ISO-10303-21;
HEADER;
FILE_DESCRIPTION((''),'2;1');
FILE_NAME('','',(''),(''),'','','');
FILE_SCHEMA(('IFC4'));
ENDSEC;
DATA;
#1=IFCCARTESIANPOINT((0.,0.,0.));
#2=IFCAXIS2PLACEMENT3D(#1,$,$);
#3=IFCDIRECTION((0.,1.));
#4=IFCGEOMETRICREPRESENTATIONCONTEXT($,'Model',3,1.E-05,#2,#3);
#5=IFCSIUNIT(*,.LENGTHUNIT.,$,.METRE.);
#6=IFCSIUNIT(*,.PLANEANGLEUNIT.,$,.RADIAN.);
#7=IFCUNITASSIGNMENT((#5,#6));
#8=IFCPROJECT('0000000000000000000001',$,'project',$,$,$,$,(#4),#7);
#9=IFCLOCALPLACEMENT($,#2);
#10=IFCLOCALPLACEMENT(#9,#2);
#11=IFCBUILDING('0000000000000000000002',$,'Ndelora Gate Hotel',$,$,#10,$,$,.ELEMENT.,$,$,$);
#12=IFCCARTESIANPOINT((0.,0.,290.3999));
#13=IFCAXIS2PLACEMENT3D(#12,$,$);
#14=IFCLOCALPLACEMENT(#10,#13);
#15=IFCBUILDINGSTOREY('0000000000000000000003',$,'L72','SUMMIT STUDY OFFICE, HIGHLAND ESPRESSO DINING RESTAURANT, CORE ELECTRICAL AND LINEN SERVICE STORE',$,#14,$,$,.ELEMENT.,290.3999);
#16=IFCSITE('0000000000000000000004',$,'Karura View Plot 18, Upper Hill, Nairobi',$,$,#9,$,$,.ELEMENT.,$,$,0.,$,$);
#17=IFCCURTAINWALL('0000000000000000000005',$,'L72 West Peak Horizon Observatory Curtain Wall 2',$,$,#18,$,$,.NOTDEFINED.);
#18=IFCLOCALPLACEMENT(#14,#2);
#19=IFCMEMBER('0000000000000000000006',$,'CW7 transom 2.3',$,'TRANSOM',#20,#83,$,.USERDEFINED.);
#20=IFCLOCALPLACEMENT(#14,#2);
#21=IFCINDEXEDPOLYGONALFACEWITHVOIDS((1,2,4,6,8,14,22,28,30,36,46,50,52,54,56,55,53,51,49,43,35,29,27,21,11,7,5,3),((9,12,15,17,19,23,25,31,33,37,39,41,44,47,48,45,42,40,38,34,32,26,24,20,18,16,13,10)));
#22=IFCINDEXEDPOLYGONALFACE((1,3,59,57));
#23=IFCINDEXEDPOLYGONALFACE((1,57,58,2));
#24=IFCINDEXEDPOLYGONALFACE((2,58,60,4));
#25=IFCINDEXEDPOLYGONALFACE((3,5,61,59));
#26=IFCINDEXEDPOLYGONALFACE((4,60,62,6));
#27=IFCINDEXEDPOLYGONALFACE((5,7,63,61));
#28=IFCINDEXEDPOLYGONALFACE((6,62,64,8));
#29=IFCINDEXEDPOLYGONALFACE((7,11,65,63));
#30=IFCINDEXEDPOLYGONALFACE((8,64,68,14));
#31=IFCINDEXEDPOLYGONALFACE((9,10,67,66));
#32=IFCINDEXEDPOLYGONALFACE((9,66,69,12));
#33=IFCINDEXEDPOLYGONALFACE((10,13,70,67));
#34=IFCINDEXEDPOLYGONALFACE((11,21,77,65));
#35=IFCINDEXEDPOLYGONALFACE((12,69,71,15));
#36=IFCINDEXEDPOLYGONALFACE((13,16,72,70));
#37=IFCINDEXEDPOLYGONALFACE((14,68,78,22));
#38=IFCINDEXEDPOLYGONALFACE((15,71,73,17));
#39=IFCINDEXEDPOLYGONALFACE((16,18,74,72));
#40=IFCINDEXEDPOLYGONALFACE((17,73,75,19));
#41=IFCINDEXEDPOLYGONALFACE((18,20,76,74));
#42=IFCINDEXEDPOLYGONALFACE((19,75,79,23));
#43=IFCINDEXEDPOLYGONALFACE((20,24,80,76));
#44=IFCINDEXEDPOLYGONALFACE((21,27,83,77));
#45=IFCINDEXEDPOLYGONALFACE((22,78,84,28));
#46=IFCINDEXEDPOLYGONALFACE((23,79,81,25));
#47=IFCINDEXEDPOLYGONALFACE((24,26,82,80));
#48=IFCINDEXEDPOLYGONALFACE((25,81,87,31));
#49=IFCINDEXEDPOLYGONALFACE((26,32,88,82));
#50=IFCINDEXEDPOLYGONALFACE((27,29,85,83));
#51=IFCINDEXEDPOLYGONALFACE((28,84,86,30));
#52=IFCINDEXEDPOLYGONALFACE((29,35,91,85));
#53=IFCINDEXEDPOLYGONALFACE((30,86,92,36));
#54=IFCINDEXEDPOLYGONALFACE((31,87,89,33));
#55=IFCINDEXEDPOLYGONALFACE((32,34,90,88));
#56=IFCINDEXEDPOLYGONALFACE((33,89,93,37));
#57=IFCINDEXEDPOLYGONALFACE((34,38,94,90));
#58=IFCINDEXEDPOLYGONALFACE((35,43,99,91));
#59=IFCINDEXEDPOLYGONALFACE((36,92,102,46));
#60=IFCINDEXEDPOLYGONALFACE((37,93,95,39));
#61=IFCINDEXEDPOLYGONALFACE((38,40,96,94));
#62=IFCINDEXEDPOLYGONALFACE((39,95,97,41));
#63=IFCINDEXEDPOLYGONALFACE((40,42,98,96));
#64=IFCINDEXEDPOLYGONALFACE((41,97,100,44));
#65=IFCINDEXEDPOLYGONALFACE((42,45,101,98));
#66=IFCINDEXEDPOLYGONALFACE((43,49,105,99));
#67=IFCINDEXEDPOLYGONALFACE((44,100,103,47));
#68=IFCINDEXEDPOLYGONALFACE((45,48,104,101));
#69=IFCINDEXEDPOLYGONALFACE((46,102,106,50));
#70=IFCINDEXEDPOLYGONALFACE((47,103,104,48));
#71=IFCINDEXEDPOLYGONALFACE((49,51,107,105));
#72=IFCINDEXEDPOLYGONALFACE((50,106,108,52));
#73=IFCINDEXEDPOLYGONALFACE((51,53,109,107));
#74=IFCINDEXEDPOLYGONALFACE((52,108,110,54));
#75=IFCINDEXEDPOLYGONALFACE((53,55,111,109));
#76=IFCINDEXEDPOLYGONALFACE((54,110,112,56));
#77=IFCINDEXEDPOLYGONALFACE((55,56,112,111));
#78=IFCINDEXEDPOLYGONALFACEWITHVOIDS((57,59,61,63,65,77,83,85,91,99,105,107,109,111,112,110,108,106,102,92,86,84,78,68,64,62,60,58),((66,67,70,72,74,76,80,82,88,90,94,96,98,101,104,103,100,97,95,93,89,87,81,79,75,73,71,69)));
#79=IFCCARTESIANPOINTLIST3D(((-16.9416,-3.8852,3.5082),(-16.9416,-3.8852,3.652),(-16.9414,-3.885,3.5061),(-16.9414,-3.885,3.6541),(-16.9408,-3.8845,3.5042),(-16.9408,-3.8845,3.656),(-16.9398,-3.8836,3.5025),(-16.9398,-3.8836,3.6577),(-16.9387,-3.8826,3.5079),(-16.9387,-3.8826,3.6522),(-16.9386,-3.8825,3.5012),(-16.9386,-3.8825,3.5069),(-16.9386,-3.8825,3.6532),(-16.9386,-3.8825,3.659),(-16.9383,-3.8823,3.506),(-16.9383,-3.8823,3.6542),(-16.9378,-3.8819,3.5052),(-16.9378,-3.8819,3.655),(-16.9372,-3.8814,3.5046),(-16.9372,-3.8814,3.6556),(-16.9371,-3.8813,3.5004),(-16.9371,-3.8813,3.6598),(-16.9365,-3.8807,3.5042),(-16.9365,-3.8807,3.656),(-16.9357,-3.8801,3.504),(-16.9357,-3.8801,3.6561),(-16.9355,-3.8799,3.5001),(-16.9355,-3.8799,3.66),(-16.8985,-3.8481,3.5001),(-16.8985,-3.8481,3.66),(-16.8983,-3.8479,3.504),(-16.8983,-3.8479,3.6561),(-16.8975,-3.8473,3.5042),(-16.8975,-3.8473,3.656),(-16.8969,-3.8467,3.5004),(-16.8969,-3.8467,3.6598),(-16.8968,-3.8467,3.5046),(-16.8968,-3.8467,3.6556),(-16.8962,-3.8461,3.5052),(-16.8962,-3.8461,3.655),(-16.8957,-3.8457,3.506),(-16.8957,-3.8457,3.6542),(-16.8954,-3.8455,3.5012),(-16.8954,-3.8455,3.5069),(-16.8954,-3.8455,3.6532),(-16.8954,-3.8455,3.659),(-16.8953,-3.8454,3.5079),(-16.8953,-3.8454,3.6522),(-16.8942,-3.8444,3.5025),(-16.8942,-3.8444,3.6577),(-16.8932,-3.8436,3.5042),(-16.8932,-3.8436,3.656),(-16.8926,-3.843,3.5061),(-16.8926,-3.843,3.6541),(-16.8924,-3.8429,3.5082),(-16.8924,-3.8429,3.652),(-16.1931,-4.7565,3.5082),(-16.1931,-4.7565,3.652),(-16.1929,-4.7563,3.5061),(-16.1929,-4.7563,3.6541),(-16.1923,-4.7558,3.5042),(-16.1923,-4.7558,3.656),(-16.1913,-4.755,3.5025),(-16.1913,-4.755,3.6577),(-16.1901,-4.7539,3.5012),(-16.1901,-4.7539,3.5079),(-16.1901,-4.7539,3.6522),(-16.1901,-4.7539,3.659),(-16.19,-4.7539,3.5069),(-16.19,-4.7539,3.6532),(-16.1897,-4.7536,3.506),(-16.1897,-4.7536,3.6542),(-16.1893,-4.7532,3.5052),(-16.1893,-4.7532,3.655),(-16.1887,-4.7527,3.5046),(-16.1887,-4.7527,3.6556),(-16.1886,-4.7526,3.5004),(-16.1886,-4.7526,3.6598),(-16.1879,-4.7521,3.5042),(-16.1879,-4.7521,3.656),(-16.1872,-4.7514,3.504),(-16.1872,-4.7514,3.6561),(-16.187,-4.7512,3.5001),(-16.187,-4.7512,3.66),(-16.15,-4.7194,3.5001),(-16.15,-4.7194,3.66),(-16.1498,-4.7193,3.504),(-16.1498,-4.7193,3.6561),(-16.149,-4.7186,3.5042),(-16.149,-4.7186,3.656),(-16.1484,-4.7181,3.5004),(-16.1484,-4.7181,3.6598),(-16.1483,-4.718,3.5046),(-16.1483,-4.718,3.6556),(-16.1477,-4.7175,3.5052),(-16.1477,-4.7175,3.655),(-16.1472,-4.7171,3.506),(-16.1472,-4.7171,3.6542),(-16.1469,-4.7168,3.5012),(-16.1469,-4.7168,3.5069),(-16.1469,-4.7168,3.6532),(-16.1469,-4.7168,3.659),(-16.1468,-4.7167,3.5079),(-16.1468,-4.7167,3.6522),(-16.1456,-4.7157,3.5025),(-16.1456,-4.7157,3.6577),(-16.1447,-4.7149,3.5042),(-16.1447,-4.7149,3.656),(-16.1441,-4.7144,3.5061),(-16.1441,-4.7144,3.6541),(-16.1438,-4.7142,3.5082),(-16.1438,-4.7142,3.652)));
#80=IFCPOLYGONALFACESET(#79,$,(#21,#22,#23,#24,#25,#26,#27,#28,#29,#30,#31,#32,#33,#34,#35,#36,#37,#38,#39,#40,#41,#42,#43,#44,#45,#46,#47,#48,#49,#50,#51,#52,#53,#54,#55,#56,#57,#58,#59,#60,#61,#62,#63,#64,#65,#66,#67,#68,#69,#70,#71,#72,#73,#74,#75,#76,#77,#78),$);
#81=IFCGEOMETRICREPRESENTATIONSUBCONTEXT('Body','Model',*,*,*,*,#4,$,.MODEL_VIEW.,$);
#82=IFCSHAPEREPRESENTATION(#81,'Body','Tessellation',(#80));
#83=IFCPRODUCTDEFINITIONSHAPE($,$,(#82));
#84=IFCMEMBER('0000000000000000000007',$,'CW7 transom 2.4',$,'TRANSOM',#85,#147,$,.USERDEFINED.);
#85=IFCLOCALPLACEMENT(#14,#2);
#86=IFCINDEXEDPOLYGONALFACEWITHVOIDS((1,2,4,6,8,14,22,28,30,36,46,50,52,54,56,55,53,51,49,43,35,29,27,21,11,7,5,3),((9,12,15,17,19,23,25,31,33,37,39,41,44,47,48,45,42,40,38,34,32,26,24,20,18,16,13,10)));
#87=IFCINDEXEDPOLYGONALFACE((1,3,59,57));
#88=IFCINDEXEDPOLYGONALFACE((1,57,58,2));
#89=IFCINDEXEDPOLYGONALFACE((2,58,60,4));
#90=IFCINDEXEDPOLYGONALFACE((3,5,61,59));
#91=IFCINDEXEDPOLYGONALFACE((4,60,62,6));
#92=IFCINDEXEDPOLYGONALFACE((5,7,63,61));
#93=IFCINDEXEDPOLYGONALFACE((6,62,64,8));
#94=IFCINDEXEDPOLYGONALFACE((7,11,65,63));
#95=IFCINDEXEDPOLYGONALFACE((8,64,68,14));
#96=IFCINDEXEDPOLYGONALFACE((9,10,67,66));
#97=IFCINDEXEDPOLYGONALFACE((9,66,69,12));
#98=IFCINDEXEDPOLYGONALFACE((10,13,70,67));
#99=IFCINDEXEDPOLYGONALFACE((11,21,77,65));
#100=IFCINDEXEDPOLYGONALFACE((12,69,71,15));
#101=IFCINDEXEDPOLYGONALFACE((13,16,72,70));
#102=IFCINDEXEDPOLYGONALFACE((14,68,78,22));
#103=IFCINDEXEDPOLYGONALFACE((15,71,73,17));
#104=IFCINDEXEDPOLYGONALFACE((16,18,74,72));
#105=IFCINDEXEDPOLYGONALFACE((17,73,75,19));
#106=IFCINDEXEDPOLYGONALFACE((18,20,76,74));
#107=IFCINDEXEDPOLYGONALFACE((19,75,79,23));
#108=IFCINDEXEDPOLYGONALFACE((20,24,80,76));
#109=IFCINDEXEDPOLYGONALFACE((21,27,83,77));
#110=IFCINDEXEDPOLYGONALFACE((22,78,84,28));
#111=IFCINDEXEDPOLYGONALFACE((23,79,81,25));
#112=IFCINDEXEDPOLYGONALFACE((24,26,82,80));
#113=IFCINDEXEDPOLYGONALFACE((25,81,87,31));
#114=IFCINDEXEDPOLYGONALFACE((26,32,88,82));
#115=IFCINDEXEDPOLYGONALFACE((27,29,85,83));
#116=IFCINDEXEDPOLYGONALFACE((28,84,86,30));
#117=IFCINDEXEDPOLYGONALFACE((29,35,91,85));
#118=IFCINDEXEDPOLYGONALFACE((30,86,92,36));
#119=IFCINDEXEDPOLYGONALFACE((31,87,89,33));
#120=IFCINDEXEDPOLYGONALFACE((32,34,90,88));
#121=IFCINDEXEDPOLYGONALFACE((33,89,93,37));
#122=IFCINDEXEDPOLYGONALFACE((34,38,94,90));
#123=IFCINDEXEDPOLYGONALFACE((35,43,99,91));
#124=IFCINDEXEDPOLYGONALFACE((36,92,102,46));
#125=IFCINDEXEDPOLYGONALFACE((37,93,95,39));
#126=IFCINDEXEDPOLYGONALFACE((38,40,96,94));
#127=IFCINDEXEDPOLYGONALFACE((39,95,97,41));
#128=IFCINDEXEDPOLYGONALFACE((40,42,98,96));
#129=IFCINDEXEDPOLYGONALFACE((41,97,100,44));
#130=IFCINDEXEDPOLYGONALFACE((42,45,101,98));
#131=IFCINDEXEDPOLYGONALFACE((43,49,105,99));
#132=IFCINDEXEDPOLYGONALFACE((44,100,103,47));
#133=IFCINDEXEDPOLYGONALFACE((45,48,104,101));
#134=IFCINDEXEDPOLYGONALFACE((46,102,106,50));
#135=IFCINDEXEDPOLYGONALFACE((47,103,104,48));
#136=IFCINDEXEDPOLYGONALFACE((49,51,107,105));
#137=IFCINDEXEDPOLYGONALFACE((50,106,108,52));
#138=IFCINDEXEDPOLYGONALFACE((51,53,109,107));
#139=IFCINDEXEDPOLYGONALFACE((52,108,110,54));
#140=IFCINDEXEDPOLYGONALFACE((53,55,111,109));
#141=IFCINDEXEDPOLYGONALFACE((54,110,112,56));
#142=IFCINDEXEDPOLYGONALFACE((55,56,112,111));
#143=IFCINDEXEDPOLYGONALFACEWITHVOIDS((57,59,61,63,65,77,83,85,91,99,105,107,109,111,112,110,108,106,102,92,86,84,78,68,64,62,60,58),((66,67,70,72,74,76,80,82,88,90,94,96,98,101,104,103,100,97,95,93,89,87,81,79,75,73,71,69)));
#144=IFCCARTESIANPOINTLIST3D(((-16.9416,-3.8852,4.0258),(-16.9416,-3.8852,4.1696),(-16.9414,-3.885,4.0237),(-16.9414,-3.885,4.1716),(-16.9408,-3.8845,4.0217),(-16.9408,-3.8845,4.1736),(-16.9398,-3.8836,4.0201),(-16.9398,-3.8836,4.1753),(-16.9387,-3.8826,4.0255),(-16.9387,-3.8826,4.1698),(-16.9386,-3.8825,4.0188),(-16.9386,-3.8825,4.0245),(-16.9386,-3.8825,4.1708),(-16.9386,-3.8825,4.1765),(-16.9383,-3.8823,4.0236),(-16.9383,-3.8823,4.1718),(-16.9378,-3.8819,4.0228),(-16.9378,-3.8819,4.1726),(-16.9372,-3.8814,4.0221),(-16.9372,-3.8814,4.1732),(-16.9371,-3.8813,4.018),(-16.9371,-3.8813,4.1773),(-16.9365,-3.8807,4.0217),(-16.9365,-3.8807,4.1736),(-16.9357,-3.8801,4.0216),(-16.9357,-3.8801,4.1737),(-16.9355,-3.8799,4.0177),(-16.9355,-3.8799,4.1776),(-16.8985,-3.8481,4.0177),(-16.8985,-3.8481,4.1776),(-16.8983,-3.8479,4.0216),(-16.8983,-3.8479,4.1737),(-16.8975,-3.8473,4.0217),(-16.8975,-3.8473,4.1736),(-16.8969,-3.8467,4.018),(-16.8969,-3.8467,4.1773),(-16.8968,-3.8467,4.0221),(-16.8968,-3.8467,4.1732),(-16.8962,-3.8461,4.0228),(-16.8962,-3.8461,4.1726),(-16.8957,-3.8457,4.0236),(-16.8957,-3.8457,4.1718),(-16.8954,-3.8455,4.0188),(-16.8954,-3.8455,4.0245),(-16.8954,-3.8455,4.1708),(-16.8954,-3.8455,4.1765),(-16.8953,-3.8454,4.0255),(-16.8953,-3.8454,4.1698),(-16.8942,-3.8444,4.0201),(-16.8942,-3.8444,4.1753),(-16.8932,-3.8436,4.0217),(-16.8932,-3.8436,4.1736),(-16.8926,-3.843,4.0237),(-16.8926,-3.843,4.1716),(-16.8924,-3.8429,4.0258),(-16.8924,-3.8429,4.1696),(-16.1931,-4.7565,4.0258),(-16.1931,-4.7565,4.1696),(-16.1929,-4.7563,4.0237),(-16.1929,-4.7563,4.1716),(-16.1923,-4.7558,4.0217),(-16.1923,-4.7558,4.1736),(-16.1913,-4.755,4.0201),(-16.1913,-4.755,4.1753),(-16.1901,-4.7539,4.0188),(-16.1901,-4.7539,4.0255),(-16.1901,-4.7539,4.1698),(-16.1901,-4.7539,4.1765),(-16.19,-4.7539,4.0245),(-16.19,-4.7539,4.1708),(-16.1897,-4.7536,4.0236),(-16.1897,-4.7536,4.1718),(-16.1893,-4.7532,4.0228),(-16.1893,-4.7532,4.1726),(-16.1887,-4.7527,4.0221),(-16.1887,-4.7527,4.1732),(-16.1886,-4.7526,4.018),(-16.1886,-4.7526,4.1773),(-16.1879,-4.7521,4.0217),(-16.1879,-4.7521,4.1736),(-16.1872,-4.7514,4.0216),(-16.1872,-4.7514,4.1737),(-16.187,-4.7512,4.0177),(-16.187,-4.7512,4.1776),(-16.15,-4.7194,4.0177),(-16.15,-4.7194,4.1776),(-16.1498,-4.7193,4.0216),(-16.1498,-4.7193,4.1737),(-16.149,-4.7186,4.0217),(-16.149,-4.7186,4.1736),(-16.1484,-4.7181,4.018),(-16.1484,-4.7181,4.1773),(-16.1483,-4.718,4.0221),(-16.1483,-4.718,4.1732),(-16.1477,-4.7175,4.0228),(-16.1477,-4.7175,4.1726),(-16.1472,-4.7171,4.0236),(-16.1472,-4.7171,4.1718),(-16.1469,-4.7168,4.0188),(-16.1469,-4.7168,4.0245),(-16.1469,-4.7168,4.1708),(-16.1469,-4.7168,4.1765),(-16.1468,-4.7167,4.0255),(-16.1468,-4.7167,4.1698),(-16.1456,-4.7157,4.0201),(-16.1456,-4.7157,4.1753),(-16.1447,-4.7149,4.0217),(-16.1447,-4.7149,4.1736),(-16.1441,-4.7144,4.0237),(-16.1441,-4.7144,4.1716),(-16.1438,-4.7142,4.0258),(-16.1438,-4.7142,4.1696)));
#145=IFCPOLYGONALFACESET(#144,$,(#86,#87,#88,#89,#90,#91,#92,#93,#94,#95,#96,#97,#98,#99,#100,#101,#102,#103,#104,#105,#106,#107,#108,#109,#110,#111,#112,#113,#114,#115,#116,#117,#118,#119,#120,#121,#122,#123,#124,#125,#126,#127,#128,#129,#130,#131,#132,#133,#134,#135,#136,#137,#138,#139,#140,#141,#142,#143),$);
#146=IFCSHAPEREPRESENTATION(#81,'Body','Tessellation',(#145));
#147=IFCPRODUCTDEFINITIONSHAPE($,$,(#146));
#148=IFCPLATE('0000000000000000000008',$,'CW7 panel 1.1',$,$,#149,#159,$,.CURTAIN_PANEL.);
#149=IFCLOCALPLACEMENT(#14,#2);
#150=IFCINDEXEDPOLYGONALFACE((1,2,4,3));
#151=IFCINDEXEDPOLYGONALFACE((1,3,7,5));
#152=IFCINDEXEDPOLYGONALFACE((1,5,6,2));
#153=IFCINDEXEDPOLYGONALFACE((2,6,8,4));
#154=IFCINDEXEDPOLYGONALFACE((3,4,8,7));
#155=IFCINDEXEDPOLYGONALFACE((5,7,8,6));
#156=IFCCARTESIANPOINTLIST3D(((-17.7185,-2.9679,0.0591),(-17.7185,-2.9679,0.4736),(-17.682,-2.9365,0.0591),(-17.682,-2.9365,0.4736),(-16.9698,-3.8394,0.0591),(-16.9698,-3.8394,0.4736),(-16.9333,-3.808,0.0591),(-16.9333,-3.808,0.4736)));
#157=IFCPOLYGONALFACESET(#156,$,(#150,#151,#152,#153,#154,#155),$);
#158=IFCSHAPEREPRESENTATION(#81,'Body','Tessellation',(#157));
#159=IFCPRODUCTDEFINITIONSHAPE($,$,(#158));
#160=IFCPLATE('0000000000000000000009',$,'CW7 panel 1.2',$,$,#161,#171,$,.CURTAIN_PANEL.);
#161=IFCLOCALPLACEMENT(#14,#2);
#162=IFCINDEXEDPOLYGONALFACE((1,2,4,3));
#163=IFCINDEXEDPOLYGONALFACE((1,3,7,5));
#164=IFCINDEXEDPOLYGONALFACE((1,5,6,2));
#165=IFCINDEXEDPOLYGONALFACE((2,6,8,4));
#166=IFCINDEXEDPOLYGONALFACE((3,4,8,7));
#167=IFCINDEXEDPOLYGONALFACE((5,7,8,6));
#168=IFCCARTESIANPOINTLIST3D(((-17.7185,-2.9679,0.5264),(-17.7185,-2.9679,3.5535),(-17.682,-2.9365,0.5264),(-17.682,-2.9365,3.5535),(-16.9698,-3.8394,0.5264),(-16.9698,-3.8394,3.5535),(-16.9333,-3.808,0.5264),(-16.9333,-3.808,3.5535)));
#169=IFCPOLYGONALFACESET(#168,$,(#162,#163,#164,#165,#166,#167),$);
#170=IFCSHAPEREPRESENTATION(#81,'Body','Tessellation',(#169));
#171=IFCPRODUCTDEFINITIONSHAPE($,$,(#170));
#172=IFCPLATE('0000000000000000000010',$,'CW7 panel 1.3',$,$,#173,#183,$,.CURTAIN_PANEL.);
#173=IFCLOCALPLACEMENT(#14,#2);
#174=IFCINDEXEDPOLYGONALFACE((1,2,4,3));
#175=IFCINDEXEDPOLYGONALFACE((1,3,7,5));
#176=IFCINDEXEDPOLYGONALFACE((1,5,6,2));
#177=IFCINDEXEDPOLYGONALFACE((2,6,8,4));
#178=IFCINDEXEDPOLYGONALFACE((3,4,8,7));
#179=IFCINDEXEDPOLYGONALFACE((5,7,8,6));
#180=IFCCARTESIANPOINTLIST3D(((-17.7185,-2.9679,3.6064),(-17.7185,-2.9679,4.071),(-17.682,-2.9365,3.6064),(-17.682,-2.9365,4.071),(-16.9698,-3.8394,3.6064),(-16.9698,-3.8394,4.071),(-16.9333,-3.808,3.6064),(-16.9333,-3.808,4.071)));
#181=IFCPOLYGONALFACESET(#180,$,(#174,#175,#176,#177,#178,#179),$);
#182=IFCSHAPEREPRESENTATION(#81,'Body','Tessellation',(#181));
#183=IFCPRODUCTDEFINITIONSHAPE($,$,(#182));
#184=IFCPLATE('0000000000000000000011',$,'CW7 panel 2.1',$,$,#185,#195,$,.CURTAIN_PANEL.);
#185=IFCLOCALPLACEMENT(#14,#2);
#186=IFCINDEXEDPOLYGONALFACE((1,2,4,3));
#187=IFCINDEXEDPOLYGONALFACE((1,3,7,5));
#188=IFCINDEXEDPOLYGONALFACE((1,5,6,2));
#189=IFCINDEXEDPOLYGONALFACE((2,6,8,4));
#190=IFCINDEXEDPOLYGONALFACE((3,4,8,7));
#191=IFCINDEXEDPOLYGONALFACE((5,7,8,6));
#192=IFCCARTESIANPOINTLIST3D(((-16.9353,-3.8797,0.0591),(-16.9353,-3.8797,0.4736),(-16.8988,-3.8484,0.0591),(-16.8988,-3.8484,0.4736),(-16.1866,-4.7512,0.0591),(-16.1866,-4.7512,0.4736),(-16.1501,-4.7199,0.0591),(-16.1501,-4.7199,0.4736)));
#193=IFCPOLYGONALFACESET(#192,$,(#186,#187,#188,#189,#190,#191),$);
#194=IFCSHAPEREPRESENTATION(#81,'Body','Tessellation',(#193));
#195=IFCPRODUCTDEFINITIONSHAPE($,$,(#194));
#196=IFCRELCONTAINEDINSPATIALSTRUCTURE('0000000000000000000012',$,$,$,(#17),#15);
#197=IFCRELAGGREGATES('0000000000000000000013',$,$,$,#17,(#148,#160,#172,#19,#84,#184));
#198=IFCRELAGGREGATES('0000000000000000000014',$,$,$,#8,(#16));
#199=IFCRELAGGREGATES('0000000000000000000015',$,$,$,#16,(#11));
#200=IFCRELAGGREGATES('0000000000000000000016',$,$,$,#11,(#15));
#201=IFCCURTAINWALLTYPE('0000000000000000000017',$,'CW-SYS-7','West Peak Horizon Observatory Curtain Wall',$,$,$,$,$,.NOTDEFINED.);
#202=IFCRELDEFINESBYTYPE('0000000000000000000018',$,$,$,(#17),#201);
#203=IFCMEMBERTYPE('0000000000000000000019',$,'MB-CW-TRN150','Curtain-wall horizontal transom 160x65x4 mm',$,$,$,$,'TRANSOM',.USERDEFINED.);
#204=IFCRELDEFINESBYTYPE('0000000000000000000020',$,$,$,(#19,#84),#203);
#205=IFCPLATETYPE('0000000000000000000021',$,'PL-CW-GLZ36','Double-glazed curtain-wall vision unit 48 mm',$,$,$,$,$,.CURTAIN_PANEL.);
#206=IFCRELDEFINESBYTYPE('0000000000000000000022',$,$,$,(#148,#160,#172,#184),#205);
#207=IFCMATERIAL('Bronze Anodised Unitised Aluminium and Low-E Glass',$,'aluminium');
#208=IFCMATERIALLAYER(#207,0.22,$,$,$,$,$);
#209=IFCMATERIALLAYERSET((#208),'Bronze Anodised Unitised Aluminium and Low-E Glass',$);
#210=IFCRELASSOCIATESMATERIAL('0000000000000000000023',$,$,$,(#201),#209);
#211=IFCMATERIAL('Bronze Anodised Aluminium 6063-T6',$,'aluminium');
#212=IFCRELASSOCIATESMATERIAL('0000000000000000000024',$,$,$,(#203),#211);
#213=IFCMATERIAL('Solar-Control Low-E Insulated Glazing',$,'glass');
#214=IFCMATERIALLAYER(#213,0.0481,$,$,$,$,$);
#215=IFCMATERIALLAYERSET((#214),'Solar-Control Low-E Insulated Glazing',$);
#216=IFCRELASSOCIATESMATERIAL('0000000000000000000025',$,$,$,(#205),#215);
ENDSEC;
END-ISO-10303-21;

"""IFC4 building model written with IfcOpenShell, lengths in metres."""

from ifc_helpers import new_model, si_unit, direction, frame, origin, origin_2d, place, context, subcontext, project, spatial, rectangle, hollow_rectangle, extrude, material, layer, layer_set, material_profile, profile_set, type_object, element, aggregate, save


model = new_model("IFC4")

# Units and contexts
model_context = context("Model", 3, precision=1e-05, world=origin(), true_north=direction((0.0, 1.0)))
body_context = subcontext(model_context, "Body", "Model", "MODEL_VIEW")
ifc_project = project(units=[si_unit("LENGTHUNIT", "METRE"), si_unit("PLANEANGLEUNIT", "RADIAN")], contexts=[model_context])

# Site, building, storey
site_placement = place(None, origin())
site = spatial("IfcSite", under=ifc_project, at=site_placement, Name="Karura View Plot 18, Upper Hill, Nairobi", CompositionType="ELEMENT", RefElevation=0.0)
building_placement = place(site_placement, origin())
building = spatial("IfcBuilding", under=site, at=building_placement, Name="Ndelora Gate Hotel", CompositionType="ELEMENT")
storey_placement = place(building_placement, frame((0.0, 0.0, 290.3999)))
storey = spatial("IfcBuildingStorey", under=building, at=storey_placement, Name="L72", Description="SUMMIT STUDY OFFICE, HIGHLAND ESPRESSO DINING RESTAURANT, CORE ELECTRICAL AND LINEN SERVICE STORE", CompositionType="ELEMENT", Elevation=290.3999)

# Curtain wall, members, plates
ifc_material_1 = material(Name="Bronze Anodised Unitised Aluminium and Low-E Glass", Category="aluminium")
ifc_layer_1 = layer(ifc_material_1, 0.22)
ifc_layer_set_1 = layer_set([ifc_layer_1], Name="Bronze Anodised Unitised Aluminium and Low-E Glass")
curtain_wall_type = type_object("IfcCurtainWallType", Name="CW-SYS-7", Description="West Peak Horizon Observatory Curtain Wall", PredefinedType="NOTDEFINED", material=ifc_layer_set_1)
curtain_wall_placement = place(storey_placement, origin())
curtain_wall = element("IfcCurtainWall", 1, at=curtain_wall_placement, inside=storey, type_object=curtain_wall_type, Name="L72 West Peak Horizon Observatory Curtain Wall 2", PredefinedType="NOTDEFINED")
ifc_material_2 = material(Name="Bronze Anodised Aluminium 6063-T6", Category="aluminium")
ifc_material_profile_1 = material_profile(ifc_material_2, hollow_rectangle(XDim=0.0649, YDim=0.1599, WallThickness=0.0039, InnerFilletRadius=0.0039, OuterFilletRadius=0.0081, at=origin_2d()), Name="ALU 160x65x4")
ifc_profile_set_1 = profile_set([ifc_material_profile_1], Name="Bronze Anodised Aluminium 6063-T6")
member_type_1 = type_object("IfcMemberType", Name="MB-CW-TRN150", Description="Curtain-wall horizontal transom 160x65x4 mm", ElementType="TRANSOM", PredefinedType="USERDEFINED", material=ifc_profile_set_1)
member_1_placement = place(storey_placement, frame((-16.917, -3.864, 3.5801), z_axis=(0.651631, -0.758536, 0.0), x_axis=(0.758536, 0.651631, 0.0)))
member_1 = element("IfcMember", 2, at=member_1_placement, type_object=member_type_1, Name="CW7 transom 2.3", ObjectType="TRANSOM", PredefinedType="USERDEFINED", context=body_context, shape_type="SweptSolid", body=[
    extrude(hollow_rectangle(XDim=0.0649, YDim=0.1599, WallThickness=0.0039, InnerFilletRadius=0.0039, OuterFilletRadius=0.0081, at=origin_2d()), origin(), (0.0, 0.0, 1.0), 1.1487),
])
member_2_placement = place(storey_placement, frame((-16.917, -3.864, 4.0977), z_axis=(0.651631, -0.758536, 0.0), x_axis=(0.758536, 0.651631, 0.0)))
member_2 = element("IfcMember", 3, at=member_2_placement, type_object=member_type_1, Name="CW7 transom 2.4", ObjectType="TRANSOM", PredefinedType="USERDEFINED", context=body_context, shape_type="SweptSolid", body=[
    extrude(hollow_rectangle(XDim=0.0649, YDim=0.1599, WallThickness=0.0039, InnerFilletRadius=0.0039, OuterFilletRadius=0.0081, at=origin_2d()), origin(), (0.0, 0.0, 1.0), 1.1487),
])
ifc_material_3 = material(Name="Solar-Control Low-E Insulated Glazing", Category="glass")
ifc_layer_2 = layer(ifc_material_3, 0.0481)
ifc_layer_set_2 = layer_set([ifc_layer_2], Name="Solar-Control Low-E Insulated Glazing")
plate_type = type_object("IfcPlateType", Name="PL-CW-GLZ36", Description="Double-glazed curtain-wall vision unit 48 mm", PredefinedType="CURTAIN_PANEL", material=ifc_layer_set_2)
plate_1_placement = place(storey_placement, frame((-17.3259, -3.3879, 0.0591), z_axis=(0.0, 0.0, 1.0), x_axis=(0.651638, -0.75853, 0.0)))
plate_1 = element("IfcPlate", 4, at=plate_1_placement, type_object=plate_type, Name="CW7 panel 1.1", PredefinedType="CURTAIN_PANEL", context=body_context, shape_type="SweptSolid", body=[
    extrude(rectangle(XDim=1.1489, YDim=0.0481, at=origin_2d()), origin(), (0.0, 0.0, 1.0), 0.4146),
])
plate_2_placement = place(storey_placement, frame((-17.3259, -3.3879, 0.5264), z_axis=(0.0, 0.0, 1.0), x_axis=(0.651638, -0.75853, 0.0)))
plate_2 = element("IfcPlate", 5, at=plate_2_placement, type_object=plate_type, Name="CW7 panel 1.2", PredefinedType="CURTAIN_PANEL", context=body_context, shape_type="SweptSolid", body=[
    extrude(rectangle(XDim=1.1489, YDim=0.0481, at=origin_2d()), origin(), (0.0, 0.0, 1.0), 3.0271),
])
plate_3_placement = place(storey_placement, frame((-17.3259, -3.3879, 3.6064), z_axis=(0.0, 0.0, 1.0), x_axis=(0.651638, -0.75853, 0.0)))
plate_3 = element("IfcPlate", 6, at=plate_3_placement, type_object=plate_type, Name="CW7 panel 1.3", PredefinedType="CURTAIN_PANEL", context=body_context, shape_type="SweptSolid", body=[
    extrude(rectangle(XDim=1.1489, YDim=0.0481, at=origin_2d()), origin(), (0.0, 0.0, 1.0), 0.4646),
])
plate_4_placement = place(storey_placement, frame((-16.5427, -4.2998, 0.0591), z_axis=(0.0, 0.0, 1.0), x_axis=(0.651638, -0.75853, 0.0)))
plate_4 = element("IfcPlate", 7, at=plate_4_placement, type_object=plate_type, Name="CW7 panel 2.1", PredefinedType="CURTAIN_PANEL", context=body_context, shape_type="SweptSolid", body=[
    extrude(rectangle(XDim=1.1489, YDim=0.0481, at=origin_2d()), origin(), (0.0, 0.0, 1.0), 0.4146),
])
aggregate(curtain_wall, [plate_1, plate_2, plate_3, member_1, member_2, plate_4])

save(model, "model.ifc")
